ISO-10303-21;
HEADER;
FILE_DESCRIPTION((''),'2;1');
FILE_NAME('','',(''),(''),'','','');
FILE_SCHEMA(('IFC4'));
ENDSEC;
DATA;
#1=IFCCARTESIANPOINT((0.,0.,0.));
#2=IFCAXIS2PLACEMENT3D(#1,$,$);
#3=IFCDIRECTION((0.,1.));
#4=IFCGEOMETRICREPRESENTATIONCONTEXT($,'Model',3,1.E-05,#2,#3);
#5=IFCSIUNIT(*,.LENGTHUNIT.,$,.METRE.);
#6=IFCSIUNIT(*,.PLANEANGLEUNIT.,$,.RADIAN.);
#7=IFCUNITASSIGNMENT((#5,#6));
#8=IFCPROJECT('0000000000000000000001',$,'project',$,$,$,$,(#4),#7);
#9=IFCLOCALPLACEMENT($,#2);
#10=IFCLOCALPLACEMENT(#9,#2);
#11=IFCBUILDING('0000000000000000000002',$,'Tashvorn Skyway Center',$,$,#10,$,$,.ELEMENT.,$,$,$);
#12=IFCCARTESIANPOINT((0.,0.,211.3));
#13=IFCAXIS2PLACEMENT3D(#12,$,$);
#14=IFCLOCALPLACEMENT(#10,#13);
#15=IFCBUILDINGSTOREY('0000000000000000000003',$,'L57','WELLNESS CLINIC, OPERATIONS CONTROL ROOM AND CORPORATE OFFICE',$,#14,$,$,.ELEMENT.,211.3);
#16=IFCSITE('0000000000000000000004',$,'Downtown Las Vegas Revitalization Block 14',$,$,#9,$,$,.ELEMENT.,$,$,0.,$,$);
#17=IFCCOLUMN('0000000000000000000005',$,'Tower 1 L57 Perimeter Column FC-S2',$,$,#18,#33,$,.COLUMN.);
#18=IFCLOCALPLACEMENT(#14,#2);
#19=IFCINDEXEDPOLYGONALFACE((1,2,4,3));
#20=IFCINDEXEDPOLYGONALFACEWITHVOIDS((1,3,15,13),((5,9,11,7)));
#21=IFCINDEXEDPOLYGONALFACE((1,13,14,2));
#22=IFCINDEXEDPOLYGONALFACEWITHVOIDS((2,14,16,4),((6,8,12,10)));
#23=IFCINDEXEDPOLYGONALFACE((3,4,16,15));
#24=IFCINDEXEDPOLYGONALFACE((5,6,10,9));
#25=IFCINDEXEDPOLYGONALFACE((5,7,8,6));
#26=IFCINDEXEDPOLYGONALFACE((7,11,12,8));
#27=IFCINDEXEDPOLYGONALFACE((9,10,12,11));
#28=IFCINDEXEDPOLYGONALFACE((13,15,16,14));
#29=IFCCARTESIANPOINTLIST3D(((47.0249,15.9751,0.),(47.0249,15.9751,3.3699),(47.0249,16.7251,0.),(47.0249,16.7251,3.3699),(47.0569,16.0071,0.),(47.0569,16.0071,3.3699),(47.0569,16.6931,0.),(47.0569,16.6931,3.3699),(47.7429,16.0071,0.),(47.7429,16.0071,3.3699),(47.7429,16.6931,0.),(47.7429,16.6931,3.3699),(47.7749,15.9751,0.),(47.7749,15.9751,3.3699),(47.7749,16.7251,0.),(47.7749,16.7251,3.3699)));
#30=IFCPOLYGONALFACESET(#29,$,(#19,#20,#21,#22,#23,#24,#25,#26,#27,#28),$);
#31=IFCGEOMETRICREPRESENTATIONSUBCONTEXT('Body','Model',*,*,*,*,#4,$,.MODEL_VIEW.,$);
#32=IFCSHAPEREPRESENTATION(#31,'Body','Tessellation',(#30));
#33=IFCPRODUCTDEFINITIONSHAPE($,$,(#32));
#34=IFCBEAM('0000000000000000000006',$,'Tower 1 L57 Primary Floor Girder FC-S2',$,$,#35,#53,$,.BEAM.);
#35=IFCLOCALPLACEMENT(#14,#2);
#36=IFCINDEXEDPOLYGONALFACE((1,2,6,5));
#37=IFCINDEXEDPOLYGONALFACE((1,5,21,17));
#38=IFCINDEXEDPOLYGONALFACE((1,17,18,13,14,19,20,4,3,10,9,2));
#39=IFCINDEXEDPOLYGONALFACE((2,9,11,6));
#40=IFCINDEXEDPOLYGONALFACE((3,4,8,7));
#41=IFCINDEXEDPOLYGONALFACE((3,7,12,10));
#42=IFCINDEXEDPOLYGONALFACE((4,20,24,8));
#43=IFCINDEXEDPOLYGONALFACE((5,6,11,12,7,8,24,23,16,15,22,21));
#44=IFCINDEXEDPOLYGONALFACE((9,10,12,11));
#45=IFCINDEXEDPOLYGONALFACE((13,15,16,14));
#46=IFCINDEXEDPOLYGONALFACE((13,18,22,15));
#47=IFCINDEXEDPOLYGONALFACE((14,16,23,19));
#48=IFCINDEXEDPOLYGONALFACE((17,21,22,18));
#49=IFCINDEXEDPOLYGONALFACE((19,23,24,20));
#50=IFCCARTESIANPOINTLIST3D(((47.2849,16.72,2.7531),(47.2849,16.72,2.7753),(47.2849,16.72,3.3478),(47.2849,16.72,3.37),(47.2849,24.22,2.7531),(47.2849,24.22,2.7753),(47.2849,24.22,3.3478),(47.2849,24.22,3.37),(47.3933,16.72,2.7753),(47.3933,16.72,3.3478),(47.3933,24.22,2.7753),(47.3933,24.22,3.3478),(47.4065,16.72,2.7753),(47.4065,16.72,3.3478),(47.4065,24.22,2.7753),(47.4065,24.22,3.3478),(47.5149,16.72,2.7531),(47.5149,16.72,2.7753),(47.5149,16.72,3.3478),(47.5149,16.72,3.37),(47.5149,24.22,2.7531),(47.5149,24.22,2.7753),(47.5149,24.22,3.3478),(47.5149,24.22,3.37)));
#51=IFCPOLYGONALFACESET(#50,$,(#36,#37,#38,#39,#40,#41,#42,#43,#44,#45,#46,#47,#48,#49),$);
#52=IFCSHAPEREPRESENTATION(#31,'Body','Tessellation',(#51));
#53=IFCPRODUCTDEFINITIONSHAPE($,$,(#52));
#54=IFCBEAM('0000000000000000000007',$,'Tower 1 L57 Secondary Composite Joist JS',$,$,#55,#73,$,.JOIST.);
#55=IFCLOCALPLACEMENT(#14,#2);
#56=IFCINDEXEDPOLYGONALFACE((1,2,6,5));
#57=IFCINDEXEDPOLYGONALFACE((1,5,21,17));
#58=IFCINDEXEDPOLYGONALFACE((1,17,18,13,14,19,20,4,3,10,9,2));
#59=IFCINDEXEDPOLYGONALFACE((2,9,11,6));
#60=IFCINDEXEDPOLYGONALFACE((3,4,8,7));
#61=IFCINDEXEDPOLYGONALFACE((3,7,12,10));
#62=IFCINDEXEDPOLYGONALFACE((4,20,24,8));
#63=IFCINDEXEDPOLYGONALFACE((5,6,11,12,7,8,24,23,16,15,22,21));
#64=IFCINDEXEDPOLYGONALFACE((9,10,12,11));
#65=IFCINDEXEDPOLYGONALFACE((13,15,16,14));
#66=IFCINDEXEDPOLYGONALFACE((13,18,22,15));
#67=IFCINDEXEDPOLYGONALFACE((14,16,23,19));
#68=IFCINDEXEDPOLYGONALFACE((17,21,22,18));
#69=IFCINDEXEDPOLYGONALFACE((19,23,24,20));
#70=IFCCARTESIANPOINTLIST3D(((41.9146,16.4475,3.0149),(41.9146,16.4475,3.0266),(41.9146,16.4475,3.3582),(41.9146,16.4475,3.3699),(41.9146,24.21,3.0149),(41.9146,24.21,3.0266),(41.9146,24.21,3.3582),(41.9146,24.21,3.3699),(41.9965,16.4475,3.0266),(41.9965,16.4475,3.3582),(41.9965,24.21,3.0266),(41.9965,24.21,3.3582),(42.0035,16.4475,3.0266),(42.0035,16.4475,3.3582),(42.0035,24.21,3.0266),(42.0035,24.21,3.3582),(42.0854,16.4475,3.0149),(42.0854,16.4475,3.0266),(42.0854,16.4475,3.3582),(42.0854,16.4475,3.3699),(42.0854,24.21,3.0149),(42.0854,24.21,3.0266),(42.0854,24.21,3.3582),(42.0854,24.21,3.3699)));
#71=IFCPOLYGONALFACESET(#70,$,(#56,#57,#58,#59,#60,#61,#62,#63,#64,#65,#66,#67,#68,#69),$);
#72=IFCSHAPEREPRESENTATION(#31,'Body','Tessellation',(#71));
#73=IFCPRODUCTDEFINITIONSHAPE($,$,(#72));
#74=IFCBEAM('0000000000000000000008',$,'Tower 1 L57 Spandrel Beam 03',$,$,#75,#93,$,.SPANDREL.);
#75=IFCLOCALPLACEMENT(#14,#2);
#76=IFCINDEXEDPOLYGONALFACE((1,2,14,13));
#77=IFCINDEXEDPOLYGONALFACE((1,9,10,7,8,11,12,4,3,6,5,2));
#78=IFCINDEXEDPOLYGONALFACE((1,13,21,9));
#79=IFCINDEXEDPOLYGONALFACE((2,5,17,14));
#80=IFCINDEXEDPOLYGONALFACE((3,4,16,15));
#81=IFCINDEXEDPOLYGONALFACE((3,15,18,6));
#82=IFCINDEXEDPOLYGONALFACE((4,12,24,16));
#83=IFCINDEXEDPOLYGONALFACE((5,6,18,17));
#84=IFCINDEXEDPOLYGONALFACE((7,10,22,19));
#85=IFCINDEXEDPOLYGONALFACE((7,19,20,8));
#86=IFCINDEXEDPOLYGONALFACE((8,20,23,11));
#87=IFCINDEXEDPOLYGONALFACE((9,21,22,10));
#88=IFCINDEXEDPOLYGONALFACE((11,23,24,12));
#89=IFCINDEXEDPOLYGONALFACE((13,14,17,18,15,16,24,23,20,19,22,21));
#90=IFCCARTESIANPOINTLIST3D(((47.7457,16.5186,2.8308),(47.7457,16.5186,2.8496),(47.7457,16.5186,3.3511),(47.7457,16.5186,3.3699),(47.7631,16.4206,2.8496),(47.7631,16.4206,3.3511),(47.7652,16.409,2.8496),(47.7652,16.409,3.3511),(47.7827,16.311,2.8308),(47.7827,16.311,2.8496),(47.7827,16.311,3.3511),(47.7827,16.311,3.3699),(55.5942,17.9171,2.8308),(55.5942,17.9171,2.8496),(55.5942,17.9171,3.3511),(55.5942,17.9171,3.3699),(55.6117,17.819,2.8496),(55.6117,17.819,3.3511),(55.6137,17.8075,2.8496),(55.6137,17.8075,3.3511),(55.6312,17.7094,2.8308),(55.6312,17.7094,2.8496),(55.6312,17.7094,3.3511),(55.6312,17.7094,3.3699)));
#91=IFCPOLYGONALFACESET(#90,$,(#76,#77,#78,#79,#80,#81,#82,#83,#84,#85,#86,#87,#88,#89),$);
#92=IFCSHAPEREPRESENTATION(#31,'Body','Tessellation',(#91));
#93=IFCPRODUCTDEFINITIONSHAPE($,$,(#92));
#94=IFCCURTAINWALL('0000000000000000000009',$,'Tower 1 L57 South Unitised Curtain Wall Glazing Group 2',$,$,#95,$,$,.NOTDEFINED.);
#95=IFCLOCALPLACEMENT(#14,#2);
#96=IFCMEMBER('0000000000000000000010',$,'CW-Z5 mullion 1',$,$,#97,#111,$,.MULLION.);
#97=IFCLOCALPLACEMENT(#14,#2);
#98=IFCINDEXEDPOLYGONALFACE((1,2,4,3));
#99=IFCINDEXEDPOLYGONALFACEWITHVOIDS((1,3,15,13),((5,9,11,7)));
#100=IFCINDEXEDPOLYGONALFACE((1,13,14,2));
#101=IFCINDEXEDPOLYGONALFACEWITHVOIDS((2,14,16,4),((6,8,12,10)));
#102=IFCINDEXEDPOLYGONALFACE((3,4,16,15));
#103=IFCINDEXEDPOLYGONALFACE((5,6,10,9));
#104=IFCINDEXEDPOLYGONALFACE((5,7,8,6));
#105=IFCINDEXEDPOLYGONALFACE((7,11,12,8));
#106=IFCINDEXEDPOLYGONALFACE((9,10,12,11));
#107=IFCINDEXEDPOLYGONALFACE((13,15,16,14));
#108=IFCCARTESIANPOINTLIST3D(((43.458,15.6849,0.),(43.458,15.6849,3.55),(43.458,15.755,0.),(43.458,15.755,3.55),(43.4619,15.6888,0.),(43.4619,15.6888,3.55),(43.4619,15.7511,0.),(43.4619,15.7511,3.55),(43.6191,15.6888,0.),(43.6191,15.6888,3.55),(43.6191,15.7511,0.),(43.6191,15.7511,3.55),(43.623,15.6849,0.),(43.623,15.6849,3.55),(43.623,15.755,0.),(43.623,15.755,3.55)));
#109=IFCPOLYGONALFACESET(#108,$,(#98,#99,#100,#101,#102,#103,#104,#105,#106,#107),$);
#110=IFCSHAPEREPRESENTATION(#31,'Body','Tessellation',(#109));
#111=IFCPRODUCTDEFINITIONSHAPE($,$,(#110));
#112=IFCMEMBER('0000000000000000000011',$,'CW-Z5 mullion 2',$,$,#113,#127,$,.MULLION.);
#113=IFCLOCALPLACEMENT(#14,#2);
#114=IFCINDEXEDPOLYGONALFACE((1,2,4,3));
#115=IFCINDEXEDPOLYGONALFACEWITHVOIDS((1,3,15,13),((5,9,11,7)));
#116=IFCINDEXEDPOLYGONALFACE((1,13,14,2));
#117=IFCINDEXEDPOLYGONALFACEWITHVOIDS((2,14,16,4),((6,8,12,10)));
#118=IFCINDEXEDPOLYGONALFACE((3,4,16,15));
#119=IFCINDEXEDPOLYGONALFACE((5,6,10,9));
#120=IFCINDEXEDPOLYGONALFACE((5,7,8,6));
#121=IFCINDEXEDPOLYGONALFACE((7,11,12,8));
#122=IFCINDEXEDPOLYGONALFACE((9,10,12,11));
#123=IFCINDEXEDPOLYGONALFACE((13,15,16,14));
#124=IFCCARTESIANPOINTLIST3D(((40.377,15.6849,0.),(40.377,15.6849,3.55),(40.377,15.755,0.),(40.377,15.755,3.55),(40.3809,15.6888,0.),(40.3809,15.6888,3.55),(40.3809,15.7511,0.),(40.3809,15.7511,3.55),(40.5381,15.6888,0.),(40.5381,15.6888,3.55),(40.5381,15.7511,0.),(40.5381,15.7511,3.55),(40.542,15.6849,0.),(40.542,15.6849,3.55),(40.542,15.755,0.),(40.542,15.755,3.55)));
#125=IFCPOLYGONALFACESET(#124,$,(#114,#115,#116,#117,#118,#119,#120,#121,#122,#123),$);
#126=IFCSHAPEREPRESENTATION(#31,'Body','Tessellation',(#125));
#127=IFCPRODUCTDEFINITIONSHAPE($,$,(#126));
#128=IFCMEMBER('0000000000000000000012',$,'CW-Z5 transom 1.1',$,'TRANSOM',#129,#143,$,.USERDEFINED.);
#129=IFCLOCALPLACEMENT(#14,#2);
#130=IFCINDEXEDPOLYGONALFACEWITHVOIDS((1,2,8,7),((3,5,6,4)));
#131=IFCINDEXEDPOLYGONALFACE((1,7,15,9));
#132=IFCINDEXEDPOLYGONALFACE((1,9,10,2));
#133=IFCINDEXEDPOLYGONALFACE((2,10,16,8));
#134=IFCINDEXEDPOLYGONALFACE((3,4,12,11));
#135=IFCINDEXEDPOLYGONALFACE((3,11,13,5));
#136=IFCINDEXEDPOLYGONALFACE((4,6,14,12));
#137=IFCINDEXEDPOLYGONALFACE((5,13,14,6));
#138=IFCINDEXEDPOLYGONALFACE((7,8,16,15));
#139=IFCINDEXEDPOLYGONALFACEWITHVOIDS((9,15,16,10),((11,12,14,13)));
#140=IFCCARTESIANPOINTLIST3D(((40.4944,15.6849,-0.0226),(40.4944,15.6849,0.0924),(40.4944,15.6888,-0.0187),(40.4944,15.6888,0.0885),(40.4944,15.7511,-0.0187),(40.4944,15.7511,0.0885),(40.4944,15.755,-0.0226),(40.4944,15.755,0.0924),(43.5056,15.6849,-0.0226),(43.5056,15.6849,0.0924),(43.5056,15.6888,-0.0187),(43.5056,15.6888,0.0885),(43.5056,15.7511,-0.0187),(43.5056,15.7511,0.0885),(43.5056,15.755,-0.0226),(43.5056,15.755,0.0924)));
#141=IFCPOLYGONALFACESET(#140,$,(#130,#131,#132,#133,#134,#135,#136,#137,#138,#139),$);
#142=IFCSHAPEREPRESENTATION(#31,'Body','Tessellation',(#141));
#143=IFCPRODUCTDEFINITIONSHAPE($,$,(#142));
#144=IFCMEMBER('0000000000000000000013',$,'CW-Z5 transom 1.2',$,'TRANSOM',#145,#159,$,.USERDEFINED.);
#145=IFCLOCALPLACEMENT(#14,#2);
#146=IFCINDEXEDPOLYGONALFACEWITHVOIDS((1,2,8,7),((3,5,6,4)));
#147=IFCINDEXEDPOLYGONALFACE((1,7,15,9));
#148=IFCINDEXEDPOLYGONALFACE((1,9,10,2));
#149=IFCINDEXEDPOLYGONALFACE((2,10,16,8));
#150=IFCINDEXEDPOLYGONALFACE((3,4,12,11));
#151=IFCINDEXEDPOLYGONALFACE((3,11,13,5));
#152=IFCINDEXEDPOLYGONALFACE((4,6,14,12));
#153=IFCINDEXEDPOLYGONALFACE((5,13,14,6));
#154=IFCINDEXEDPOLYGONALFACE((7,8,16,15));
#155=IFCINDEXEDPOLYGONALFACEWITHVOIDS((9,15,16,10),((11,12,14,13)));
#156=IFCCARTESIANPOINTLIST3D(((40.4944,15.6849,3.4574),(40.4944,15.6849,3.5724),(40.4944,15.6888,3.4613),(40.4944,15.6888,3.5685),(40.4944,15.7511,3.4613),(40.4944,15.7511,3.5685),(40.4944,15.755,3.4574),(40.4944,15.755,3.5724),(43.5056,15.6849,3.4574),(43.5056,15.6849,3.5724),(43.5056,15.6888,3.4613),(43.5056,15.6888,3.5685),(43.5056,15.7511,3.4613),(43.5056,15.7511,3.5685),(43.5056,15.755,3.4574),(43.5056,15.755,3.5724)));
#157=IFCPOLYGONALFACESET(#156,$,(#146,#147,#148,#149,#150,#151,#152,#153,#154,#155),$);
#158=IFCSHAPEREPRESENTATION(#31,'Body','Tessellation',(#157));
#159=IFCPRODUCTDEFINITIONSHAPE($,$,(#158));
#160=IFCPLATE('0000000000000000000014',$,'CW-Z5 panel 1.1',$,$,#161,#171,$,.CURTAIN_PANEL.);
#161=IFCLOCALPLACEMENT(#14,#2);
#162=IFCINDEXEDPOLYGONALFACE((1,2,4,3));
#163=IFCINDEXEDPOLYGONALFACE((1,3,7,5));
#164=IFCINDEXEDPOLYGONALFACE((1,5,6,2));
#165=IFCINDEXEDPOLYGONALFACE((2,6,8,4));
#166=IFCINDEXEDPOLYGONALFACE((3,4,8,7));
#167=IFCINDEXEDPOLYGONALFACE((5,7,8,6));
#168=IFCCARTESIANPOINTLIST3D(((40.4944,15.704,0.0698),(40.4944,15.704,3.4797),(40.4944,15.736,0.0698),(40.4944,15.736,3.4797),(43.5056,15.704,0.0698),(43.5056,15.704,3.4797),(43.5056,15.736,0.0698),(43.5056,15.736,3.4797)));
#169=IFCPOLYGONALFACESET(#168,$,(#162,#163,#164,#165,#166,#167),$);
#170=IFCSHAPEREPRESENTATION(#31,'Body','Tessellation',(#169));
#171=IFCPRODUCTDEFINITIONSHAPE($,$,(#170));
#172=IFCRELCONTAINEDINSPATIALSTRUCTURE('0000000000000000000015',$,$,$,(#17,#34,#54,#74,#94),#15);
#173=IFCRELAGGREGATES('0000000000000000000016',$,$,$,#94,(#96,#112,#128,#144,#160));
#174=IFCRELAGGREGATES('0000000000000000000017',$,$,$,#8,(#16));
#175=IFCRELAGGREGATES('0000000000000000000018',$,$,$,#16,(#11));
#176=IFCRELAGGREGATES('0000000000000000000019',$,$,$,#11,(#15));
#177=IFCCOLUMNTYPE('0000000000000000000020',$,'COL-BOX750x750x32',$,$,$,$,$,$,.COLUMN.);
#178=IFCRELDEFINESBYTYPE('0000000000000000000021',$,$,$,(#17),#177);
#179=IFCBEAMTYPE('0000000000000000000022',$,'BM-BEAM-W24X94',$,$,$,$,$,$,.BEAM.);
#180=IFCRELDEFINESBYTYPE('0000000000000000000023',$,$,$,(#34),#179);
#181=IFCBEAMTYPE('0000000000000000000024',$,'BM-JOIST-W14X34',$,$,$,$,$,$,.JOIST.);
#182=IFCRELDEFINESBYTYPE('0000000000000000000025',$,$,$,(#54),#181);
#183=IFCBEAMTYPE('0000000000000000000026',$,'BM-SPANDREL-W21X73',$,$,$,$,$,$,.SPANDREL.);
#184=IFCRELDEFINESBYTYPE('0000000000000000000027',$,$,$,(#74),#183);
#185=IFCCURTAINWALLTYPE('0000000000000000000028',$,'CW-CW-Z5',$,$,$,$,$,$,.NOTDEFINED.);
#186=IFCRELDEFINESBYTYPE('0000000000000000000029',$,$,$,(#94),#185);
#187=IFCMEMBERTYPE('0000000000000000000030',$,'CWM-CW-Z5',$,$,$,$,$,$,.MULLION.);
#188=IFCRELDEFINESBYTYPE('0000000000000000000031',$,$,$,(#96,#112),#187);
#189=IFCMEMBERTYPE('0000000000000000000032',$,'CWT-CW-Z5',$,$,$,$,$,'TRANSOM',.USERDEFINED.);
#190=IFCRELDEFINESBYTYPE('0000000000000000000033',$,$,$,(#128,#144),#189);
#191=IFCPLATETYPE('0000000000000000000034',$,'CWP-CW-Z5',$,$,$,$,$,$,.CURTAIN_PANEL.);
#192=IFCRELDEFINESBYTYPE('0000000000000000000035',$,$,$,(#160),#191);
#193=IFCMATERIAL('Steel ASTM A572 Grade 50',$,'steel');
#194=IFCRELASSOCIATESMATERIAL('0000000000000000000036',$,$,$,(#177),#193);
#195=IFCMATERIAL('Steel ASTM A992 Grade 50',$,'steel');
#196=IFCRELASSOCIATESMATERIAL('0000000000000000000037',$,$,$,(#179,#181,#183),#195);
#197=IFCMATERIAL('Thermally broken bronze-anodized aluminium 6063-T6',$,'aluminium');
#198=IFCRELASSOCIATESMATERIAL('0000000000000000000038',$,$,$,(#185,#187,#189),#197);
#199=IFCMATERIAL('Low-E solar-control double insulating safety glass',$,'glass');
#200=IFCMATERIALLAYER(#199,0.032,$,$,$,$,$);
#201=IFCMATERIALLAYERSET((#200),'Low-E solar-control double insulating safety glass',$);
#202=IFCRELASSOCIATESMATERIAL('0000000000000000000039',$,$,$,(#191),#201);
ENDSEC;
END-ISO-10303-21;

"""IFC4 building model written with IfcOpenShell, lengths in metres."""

from ifc_helpers import new_model, si_unit, direction, frame, origin, origin_2d, place, context, subcontext, project, spatial, rectangle, hollow_rectangle, i_section, extrude, material, layer, layer_set, material_profile, profile_set, type_object, element, aggregate, save


model = new_model("IFC4")

# Units and contexts
model_context = context("Model", 3, precision=1e-05, world=origin(), true_north=direction((0.0, 1.0)))
body_context = subcontext(model_context, "Body", "Model", "MODEL_VIEW")
ifc_project = project(units=[si_unit("LENGTHUNIT", "METRE"), si_unit("PLANEANGLEUNIT", "RADIAN")], contexts=[model_context])

# Site, building, storey
site_placement = place(None, origin())
site = spatial("IfcSite", under=ifc_project, at=site_placement, Name="Downtown Las Vegas Revitalization Block 14", CompositionType="ELEMENT", RefElevation=0.0)
building_placement = place(site_placement, origin())
building = spatial("IfcBuilding", under=site, at=building_placement, Name="Tashvorn Skyway Center", CompositionType="ELEMENT")
storey_placement = place(building_placement, frame((0.0, 0.0, 211.3)))
storey = spatial("IfcBuildingStorey", under=building, at=storey_placement, Name="L57", Description="WELLNESS CLINIC, OPERATIONS CONTROL ROOM AND CORPORATE OFFICE", CompositionType="ELEMENT", Elevation=211.3)

# Column
ifc_material_1 = material(Name="Steel ASTM A572 Grade 50", Category="steel")
ifc_material_profile_1 = material_profile(ifc_material_1, hollow_rectangle(XDim=0.75, YDim=0.75, WallThickness=0.032, at=origin_2d()), Name="BOX750x750x32")
ifc_profile_set_1 = profile_set([ifc_material_profile_1], Name="Steel ASTM A572 Grade 50")
column_type = type_object("IfcColumnType", Name="COL-BOX750x750x32", PredefinedType="COLUMN", material=ifc_profile_set_1)
column_placement = place(storey_placement, frame((47.3999, 16.3501, 0.0), z_axis=(0.0, 0.0, 1.0), x_axis=(1.0, 0.0, 0.0)))
element("IfcColumn", 1, at=column_placement, inside=storey, type_object=column_type, Name="Tower 1 L57 Perimeter Column FC-S2", PredefinedType="COLUMN", context=body_context, shape_type="SweptSolid", body=[
    extrude(hollow_rectangle(XDim=0.75, YDim=0.75, WallThickness=0.032, at=origin_2d()), origin(), (0.0, 0.0, 1.0), 3.3699),
])

# Beams
ifc_material_2 = material(Name="Steel ASTM A992 Grade 50", Category="steel")
ifc_material_profile_2 = material_profile(ifc_material_2, i_section(OverallWidth=0.23, OverallDepth=0.6169, WebThickness=0.0132, FlangeThickness=0.0222, at=origin_2d()), Name="W24X94")
ifc_profile_set_2 = profile_set([ifc_material_profile_2], Name="Steel ASTM A992 Grade 50")
beam_type_1 = type_object("IfcBeamType", Name="BM-BEAM-W24X94", PredefinedType="BEAM", material=ifc_profile_set_2)
beam_1_placement = place(storey_placement, frame((47.3999, 16.72, 3.0615), z_axis=(0.0, 1.0, 0.0), x_axis=(-1.0, 0.0, 0.0)))
element("IfcBeam", 2, at=beam_1_placement, inside=storey, type_object=beam_type_1, Name="Tower 1 L57 Primary Floor Girder FC-S2", PredefinedType="BEAM", context=body_context, shape_type="SweptSolid", body=[
    extrude(i_section(OverallWidth=0.23, OverallDepth=0.6169, WebThickness=0.0132, FlangeThickness=0.0222, at=origin_2d()), origin(), (0.0, 0.0, 1.0), 7.5),
])
ifc_material_profile_3 = material_profile(ifc_material_2, i_section(OverallWidth=0.1709, OverallDepth=0.355, WebThickness=0.0071, FlangeThickness=0.0117, at=origin_2d()), Name="W14X34")
ifc_profile_set_3 = profile_set([ifc_material_profile_3], Name="Steel ASTM A992 Grade 50")
beam_type_2 = type_object("IfcBeamType", Name="BM-JOIST-W14X34", PredefinedType="JOIST", material=ifc_profile_set_3)
beam_2_placement = place(storey_placement, frame((42.0, 24.21, 3.1924), z_axis=(0.0, -1.0, 0.0), x_axis=(1.0, 0.0, 0.0)))
element("IfcBeam", 3, at=beam_2_placement, inside=storey, type_object=beam_type_2, Name="Tower 1 L57 Secondary Composite Joist JS", PredefinedType="JOIST", context=body_context, shape_type="SweptSolid", body=[
    extrude(i_section(OverallWidth=0.1709, OverallDepth=0.355, WebThickness=0.0071, FlangeThickness=0.0117, at=origin_2d()), origin(), (0.0, 0.0, 1.0), 7.7625),
])
ifc_material_profile_4 = material_profile(ifc_material_2, i_section(OverallWidth=0.2109, OverallDepth=0.5391, WebThickness=0.0117, FlangeThickness=0.0188, at=origin_2d()), Name="W21X73")
ifc_profile_set_4 = profile_set([ifc_material_profile_4], Name="Steel ASTM A992 Grade 50")
beam_type_3 = type_object("IfcBeamType", Name="BM-SPANDREL-W21X73", PredefinedType="SPANDREL", material=ifc_profile_set_4)
beam_3_placement = place(storey_placement, frame((47.7642, 16.4148, 3.1003), z_axis=(0.984495, 0.175413, 0.0), x_axis=(-0.175413, 0.984495, 0.0)))
element("IfcBeam", 4, at=beam_3_placement, inside=storey, type_object=beam_type_3, Name="Tower 1 L57 Spandrel Beam 03", PredefinedType="SPANDREL", context=body_context, shape_type="SweptSolid", body=[
    extrude(i_section(OverallWidth=0.2109, OverallDepth=0.5391, WebThickness=0.0117, FlangeThickness=0.0188, at=origin_2d()), origin(), (0.0, 0.0, 1.0), 7.9722),
])

# Curtain wall, members, plate
ifc_material_3 = material(Name="Thermally broken bronze-anodized aluminium 6063-T6", Category="aluminium")
curtain_wall_type = type_object("IfcCurtainWallType", Name="CW-CW-Z5", PredefinedType="NOTDEFINED", material=ifc_material_3)
curtain_wall_placement = place(storey_placement, origin())
curtain_wall = element("IfcCurtainWall", 5, at=curtain_wall_placement, inside=storey, type_object=curtain_wall_type, Name="Tower 1 L57 South Unitised Curtain Wall Glazing Group 2", PredefinedType="NOTDEFINED")
ifc_material_profile_5 = material_profile(ifc_material_3, hollow_rectangle(XDim=0.0701, YDim=0.165, WallThickness=0.0039, at=origin_2d()), Name="ALU-MULL-70x165")
ifc_profile_set_5 = profile_set([ifc_material_profile_5], Name="Thermally broken bronze-anodized aluminium 6063-T6")
member_type_1 = type_object("IfcMemberType", Name="CWM-CW-Z5", PredefinedType="MULLION", material=ifc_profile_set_5)
member_1_placement = place(storey_placement, frame((43.5405, 15.72, 0.0), z_axis=(0.0, 0.0, 1.0), x_axis=(0.0, -1.0, 0.0)))
member_1 = element("IfcMember", 6, at=member_1_placement, type_object=member_type_1, Name="CW-Z5 mullion 1", PredefinedType="MULLION", context=body_context, shape_type="SweptSolid", body=[
    extrude(hollow_rectangle(XDim=0.0701, YDim=0.165, WallThickness=0.0039, at=origin_2d()), origin(), (0.0, 0.0, 1.0), 3.55),
])
member_2_placement = place(storey_placement, frame((40.4595, 15.72, 0.0), z_axis=(0.0, 0.0, 1.0), x_axis=(0.0, -1.0, 0.0)))
member_2 = element("IfcMember", 7, at=member_2_placement, type_object=member_type_1, Name="CW-Z5 mullion 2", PredefinedType="MULLION", context=body_context, shape_type="SweptSolid", body=[
    extrude(hollow_rectangle(XDim=0.0701, YDim=0.165, WallThickness=0.0039, at=origin_2d()), origin(), (0.0, 0.0, 1.0), 3.55),
])
ifc_material_profile_6 = material_profile(ifc_material_3, hollow_rectangle(XDim=0.0701, YDim=0.115, WallThickness=0.0039, at=origin_2d()), Name="ALU-TRAN-70x115")
ifc_profile_set_6 = profile_set([ifc_material_profile_6], Name="Thermally broken bronze-anodized aluminium 6063-T6")
member_type_2 = type_object("IfcMemberType", Name="CWT-CW-Z5", ElementType="TRANSOM", PredefinedType="USERDEFINED", material=ifc_profile_set_6)
member_3_placement = place(storey_placement, frame((43.5056, 15.72, 0.0349), z_axis=(-1.0, 0.0, 0.0), x_axis=(0.0, -1.0, 0.0)))
member_3 = element("IfcMember", 8, at=member_3_placement, type_object=member_type_2, Name="CW-Z5 transom 1.1", ObjectType="TRANSOM", PredefinedType="USERDEFINED", context=body_context, shape_type="SweptSolid", body=[
    extrude(hollow_rectangle(XDim=0.0701, YDim=0.115, WallThickness=0.0039, at=origin_2d()), origin(), (0.0, 0.0, 1.0), 3.0112),
])
member_4_placement = place(storey_placement, frame((43.5056, 15.72, 3.5149), z_axis=(-1.0, 0.0, 0.0), x_axis=(0.0, -1.0, 0.0)))
member_4 = element("IfcMember", 9, at=member_4_placement, type_object=member_type_2, Name="CW-Z5 transom 1.2", ObjectType="TRANSOM", PredefinedType="USERDEFINED", context=body_context, shape_type="SweptSolid", body=[
    extrude(hollow_rectangle(XDim=0.0701, YDim=0.115, WallThickness=0.0039, at=origin_2d()), origin(), (0.0, 0.0, 1.0), 3.0112),
])
ifc_material_4 = material(Name="Low-E solar-control double insulating safety glass", Category="glass")
ifc_layer_1 = layer(ifc_material_4, 0.032)
ifc_layer_set_1 = layer_set([ifc_layer_1], Name="Low-E solar-control double insulating safety glass")
plate_type = type_object("IfcPlateType", Name="CWP-CW-Z5", PredefinedType="CURTAIN_PANEL", material=ifc_layer_set_1)
plate_placement = place(storey_placement, frame((42.0, 15.72, 0.0698), z_axis=(0.0, 0.0, 1.0), x_axis=(-1.0, 0.0, 0.0)))
plate = element("IfcPlate", 10, at=plate_placement, type_object=plate_type, Name="CW-Z5 panel 1.1", PredefinedType="CURTAIN_PANEL", context=body_context, shape_type="SweptSolid", body=[
    extrude(rectangle(XDim=3.0112, YDim=0.032, at=origin_2d()), origin(), (0.0, 0.0, 1.0), 3.4099),
])
aggregate(curtain_wall, [member_1, member_2, member_3, member_4, plate])

save(model, "model.ifc")
